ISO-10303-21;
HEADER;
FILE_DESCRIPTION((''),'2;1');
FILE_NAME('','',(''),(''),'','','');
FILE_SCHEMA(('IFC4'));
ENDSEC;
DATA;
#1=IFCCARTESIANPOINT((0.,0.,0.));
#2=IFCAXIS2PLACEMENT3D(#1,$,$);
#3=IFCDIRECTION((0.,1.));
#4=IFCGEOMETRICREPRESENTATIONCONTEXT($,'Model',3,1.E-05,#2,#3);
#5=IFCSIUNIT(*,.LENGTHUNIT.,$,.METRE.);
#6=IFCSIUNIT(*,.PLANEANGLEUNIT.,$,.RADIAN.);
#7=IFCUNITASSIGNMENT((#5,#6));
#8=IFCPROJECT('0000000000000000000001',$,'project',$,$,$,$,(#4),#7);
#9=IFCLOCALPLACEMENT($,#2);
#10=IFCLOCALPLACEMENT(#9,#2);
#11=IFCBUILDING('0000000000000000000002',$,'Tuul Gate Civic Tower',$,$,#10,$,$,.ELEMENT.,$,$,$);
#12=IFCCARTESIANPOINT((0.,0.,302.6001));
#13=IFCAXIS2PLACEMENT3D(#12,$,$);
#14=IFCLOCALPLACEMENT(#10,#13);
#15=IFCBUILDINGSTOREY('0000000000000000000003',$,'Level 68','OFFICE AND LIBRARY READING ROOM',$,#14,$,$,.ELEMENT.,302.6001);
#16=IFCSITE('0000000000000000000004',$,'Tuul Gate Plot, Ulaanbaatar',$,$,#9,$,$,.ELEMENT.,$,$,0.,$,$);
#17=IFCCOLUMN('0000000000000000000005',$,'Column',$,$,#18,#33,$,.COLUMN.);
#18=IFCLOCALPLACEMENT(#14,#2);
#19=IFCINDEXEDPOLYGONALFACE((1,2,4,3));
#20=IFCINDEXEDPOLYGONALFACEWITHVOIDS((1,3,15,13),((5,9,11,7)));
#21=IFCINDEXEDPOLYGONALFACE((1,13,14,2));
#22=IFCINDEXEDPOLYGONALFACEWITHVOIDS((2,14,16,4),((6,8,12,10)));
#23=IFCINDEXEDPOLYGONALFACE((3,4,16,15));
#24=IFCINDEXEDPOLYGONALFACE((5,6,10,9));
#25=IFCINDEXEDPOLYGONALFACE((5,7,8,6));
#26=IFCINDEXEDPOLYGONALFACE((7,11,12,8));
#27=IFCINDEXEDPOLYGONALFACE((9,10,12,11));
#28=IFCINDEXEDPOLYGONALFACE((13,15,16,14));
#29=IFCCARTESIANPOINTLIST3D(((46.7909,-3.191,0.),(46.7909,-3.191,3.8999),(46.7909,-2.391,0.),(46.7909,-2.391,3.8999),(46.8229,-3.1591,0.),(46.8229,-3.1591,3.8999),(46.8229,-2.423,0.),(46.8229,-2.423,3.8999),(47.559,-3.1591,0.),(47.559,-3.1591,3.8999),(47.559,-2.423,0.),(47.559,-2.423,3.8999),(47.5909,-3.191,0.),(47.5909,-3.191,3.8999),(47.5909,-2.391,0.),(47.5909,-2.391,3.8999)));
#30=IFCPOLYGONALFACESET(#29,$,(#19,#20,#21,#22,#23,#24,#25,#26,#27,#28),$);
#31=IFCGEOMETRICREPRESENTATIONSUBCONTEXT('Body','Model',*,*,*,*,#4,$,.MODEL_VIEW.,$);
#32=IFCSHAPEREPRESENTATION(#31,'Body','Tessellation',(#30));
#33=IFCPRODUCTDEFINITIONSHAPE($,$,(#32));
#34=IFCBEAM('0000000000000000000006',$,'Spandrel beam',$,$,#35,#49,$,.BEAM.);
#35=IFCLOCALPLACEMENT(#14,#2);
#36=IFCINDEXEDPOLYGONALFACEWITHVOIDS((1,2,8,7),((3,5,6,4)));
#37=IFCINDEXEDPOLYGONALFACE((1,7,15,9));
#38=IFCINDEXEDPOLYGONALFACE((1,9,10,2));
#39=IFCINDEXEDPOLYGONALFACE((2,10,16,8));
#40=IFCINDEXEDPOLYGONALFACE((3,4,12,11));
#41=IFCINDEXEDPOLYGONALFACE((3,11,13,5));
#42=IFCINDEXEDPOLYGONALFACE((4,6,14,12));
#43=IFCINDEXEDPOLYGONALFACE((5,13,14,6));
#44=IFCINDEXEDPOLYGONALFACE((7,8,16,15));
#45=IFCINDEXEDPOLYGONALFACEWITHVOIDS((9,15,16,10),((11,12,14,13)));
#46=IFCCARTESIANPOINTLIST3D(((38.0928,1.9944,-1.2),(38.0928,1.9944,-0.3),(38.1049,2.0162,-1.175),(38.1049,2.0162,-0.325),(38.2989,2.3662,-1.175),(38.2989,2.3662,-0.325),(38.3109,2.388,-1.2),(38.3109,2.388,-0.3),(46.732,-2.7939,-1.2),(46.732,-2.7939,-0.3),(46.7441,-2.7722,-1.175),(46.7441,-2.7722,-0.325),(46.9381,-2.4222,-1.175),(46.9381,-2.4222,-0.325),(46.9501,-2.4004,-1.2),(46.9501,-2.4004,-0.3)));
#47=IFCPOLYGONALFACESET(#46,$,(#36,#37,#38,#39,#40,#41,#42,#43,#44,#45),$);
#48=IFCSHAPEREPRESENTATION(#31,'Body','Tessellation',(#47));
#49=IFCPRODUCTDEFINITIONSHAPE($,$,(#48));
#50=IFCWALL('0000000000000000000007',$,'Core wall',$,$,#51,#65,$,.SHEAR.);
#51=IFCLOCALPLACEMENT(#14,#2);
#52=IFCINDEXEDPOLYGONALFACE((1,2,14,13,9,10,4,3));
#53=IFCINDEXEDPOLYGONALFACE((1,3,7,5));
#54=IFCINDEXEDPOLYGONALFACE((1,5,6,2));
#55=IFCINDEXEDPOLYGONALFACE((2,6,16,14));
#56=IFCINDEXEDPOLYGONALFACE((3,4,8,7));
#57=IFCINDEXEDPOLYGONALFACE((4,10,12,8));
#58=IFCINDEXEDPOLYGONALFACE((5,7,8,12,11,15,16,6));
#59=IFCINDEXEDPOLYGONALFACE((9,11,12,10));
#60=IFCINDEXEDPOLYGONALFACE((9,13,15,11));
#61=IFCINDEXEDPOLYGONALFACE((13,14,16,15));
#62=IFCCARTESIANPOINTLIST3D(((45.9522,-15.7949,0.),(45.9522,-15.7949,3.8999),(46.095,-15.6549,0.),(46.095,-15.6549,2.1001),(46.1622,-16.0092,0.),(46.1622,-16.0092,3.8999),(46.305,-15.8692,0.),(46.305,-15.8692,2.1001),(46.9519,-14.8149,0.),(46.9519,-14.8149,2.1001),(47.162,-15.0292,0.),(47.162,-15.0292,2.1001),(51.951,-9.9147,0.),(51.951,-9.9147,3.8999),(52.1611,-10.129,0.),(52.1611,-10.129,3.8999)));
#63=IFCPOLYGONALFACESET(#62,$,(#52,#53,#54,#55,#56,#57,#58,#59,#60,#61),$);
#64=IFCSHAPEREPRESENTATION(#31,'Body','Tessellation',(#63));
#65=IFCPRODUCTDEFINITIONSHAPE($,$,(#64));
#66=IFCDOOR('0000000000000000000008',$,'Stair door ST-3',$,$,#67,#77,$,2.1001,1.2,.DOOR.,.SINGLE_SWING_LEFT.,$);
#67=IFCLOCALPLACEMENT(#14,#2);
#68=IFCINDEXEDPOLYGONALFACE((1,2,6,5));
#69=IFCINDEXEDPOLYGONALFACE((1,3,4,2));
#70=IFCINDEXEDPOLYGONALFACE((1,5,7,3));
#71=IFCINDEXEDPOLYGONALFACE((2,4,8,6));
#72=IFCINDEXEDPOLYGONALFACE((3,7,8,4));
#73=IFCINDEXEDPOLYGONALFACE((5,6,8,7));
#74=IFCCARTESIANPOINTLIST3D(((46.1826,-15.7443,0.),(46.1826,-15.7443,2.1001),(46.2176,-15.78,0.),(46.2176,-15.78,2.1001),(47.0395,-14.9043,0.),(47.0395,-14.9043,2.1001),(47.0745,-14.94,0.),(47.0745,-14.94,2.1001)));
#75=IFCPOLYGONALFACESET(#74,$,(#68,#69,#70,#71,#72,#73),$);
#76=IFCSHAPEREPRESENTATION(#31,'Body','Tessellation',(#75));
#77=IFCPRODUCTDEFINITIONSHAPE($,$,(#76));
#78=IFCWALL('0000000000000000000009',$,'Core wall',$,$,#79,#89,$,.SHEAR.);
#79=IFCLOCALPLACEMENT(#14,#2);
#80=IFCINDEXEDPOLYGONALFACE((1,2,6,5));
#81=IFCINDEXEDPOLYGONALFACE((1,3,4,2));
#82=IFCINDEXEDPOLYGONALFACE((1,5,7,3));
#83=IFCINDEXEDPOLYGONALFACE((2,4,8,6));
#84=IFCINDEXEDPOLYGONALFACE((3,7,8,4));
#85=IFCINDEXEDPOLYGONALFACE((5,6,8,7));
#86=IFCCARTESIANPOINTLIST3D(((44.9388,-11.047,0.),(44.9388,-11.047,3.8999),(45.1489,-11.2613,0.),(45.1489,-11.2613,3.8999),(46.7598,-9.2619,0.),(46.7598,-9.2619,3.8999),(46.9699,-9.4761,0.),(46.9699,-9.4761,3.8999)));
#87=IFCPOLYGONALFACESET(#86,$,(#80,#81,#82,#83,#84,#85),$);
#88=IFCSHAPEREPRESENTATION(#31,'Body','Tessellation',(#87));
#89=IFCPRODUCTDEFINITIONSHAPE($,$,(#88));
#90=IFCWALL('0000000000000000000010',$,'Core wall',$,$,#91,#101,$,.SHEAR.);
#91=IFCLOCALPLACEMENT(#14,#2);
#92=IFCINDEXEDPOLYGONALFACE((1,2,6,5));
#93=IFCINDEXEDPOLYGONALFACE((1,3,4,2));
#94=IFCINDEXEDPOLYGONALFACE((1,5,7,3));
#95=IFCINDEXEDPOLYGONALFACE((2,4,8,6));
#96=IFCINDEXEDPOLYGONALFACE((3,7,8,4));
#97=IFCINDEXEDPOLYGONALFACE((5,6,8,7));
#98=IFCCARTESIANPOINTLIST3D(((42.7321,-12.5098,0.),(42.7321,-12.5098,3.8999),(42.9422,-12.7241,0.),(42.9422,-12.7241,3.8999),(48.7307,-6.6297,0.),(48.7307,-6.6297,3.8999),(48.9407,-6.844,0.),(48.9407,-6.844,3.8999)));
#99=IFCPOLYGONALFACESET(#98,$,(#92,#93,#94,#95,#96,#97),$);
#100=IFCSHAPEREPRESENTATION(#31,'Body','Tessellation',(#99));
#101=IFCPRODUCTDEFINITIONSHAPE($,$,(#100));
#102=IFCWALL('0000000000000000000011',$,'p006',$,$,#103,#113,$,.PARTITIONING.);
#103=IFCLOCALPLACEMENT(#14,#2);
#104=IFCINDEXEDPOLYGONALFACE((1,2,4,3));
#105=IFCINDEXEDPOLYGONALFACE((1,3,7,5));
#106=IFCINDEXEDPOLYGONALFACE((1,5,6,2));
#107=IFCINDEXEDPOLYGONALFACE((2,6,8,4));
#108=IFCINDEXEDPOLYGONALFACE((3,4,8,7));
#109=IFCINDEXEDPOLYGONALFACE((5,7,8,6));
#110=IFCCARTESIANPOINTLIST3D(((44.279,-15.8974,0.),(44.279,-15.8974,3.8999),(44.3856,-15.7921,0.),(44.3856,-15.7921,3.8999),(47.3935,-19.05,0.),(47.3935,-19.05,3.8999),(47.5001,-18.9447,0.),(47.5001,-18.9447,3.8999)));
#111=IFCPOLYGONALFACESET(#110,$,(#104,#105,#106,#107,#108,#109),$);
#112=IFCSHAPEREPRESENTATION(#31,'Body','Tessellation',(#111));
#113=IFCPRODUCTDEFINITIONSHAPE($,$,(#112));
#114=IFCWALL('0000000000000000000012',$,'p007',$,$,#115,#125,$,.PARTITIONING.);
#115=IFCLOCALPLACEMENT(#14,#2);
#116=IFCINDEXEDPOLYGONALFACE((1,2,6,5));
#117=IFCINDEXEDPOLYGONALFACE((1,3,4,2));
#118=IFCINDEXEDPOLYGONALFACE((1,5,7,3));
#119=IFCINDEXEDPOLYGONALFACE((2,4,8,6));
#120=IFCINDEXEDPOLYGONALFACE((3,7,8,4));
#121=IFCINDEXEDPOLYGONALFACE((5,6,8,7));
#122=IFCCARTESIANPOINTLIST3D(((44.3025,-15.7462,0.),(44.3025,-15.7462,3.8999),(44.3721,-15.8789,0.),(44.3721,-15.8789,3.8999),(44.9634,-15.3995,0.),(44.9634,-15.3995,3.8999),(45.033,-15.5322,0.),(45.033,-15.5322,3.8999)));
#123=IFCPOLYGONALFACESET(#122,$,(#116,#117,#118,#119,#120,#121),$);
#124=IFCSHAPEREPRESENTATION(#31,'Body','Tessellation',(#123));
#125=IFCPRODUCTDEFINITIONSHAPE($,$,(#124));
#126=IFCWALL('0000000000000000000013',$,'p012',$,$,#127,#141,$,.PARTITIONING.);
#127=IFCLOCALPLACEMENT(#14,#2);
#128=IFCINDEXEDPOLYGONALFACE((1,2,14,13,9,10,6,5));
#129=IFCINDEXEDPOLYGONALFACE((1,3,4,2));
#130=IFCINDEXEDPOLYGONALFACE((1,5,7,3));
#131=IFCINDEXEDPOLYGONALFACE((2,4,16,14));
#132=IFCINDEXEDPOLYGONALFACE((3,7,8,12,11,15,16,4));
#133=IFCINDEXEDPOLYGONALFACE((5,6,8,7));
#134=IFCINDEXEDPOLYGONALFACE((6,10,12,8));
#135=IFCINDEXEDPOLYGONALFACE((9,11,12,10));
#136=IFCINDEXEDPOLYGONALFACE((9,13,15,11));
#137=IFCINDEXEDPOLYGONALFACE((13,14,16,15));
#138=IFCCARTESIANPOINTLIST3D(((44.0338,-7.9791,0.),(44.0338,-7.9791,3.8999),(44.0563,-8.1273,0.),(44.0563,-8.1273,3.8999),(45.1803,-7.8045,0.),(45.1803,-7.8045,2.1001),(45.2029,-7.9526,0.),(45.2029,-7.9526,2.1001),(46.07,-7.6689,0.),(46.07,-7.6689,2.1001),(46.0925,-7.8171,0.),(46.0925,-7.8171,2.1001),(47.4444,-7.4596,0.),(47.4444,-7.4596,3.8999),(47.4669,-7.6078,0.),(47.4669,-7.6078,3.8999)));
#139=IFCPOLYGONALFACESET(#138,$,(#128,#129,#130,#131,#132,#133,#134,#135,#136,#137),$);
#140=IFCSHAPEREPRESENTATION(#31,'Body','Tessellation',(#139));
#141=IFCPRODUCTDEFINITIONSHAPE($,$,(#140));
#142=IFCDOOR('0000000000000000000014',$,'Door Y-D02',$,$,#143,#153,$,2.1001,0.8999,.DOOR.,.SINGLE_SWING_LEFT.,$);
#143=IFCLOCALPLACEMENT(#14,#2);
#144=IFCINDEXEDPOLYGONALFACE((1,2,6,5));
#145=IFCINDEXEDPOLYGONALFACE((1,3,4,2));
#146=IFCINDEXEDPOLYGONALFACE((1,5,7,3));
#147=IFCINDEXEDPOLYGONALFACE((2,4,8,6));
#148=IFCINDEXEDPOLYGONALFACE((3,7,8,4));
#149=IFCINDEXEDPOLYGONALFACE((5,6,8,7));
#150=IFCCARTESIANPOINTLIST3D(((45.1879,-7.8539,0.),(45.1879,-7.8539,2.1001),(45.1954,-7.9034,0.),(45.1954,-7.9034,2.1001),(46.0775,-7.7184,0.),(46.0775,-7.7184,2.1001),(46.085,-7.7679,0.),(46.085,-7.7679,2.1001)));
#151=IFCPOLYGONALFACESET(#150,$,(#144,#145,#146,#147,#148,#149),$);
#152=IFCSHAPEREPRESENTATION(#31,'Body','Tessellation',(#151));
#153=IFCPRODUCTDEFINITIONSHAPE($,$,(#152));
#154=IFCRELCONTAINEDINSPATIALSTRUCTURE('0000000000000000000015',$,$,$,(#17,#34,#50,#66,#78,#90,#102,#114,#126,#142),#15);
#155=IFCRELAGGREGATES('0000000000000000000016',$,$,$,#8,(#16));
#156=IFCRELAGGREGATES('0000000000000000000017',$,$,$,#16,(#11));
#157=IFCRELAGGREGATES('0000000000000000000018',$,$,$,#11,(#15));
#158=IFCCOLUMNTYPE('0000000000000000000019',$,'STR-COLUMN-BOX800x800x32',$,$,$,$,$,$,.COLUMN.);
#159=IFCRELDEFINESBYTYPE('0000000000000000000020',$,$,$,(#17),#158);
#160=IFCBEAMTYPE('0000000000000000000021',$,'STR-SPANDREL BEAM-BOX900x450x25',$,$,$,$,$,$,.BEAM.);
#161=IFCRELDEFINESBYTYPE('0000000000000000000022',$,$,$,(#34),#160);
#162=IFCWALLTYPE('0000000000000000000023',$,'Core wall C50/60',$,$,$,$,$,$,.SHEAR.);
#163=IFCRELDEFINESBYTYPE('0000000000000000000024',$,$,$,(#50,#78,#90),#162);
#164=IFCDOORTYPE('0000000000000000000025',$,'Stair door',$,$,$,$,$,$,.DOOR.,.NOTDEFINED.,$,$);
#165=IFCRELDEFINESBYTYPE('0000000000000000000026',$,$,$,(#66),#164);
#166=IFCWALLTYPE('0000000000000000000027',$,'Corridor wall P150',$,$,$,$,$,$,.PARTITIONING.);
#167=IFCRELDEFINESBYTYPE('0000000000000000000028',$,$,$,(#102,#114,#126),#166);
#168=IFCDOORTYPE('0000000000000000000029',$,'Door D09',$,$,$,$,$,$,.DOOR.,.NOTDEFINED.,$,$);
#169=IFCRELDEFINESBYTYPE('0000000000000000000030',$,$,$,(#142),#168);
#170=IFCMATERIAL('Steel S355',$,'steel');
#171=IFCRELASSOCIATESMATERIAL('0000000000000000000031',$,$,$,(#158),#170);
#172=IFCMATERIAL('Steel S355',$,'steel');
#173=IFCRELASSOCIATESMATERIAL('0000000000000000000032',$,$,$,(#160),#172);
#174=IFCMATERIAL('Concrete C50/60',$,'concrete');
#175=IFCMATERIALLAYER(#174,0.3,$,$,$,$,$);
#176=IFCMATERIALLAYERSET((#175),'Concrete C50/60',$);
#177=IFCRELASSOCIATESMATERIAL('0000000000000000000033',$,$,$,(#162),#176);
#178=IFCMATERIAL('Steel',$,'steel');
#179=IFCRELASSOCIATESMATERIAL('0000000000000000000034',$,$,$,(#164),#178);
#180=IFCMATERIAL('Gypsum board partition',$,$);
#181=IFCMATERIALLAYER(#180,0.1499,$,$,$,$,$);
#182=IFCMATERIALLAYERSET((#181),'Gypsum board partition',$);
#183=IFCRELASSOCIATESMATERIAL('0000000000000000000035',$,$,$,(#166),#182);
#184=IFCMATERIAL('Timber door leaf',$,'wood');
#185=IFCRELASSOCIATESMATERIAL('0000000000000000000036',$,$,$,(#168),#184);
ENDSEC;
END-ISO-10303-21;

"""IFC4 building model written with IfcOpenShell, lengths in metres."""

from ifc_helpers import new_model, si_unit, direction, frame, frame_2d, origin, origin_2d, place, context, subcontext, project, spatial, rectangle, hollow_rectangle, extrude, material, layer, layer_set, material_profile, profile_set, type_object, element, fill, save


model = new_model("IFC4")

# Units and contexts
model_context = context("Model", 3, precision=1e-05, world=origin(), true_north=direction((0.0, 1.0)))
body_context = subcontext(model_context, "Body", "Model", "MODEL_VIEW")
ifc_project = project(units=[si_unit("LENGTHUNIT", "METRE"), si_unit("PLANEANGLEUNIT", "RADIAN")], contexts=[model_context])

# Site, building, storey
site_placement = place(None, origin())
site = spatial("IfcSite", under=ifc_project, at=site_placement, Name="Tuul Gate Plot, Ulaanbaatar", CompositionType="ELEMENT", RefElevation=0.0)
building_placement = place(site_placement, origin())
building = spatial("IfcBuilding", under=site, at=building_placement, Name="Tuul Gate Civic Tower", CompositionType="ELEMENT")
storey_placement = place(building_placement, frame((0.0, 0.0, 302.6001)))
storey = spatial("IfcBuildingStorey", under=building, at=storey_placement, Name="Level 68", Description="OFFICE AND LIBRARY READING ROOM", CompositionType="ELEMENT", Elevation=302.6001)

# Column
ifc_material_1 = material(Name="Steel S355", Category="steel")
ifc_material_profile_1 = material_profile(ifc_material_1, hollow_rectangle(XDim=0.8, YDim=0.8, WallThickness=0.032, at=origin_2d()), Name="BOX800x800x32")
ifc_profile_set_1 = profile_set([ifc_material_profile_1], Name="Steel S355")
column_type = type_object("IfcColumnType", Name="STR-COLUMN-BOX800x800x32", PredefinedType="COLUMN", material=ifc_profile_set_1)
column_placement = place(storey_placement, frame((47.1909, -2.791, 0.0), z_axis=(0.0, 0.0, 1.0), x_axis=(1.0, 0.0, 0.0)))
element("IfcColumn", 1, at=column_placement, inside=storey, type_object=column_type, Name="Column", PredefinedType="COLUMN", context=body_context, shape_type="SweptSolid", body=[
    extrude(hollow_rectangle(XDim=0.8, YDim=0.8, WallThickness=0.032, at=origin_2d()), origin(), (0.0, 0.0, 1.0), 3.8999),
])

# Beam
ifc_material_2 = material(Name="Steel S355", Category="steel")
ifc_material_profile_2 = material_profile(ifc_material_2, hollow_rectangle(XDim=0.45, YDim=0.8999, WallThickness=0.0249, at=origin_2d()), Name="BOX900x450x25")
ifc_profile_set_2 = profile_set([ifc_material_profile_2], Name="Steel S355")
beam_type = type_object("IfcBeamType", Name="STR-SPANDREL BEAM-BOX900x450x25", PredefinedType="BEAM", material=ifc_profile_set_2)
beam_placement = place(storey_placement, frame((46.8411, -2.5972, -0.75), z_axis=(-0.874638, 0.484776, 0.0), x_axis=(-0.484776, -0.874638, 0.0)))
element("IfcBeam", 2, at=beam_placement, inside=storey, type_object=beam_type, Name="Spandrel beam", PredefinedType="BEAM", context=body_context, shape_type="SweptSolid", body=[
    extrude(hollow_rectangle(XDim=0.45, YDim=0.8999, WallThickness=0.0249, at=origin_2d()), origin(), (0.0, 0.0, 1.0), 9.8774),
])

# Wall, opening, door
ifc_material_3 = material(Name="Concrete C50/60", Category="concrete")
ifc_layer_1 = layer(ifc_material_3, 0.3)
ifc_layer_set_1 = layer_set([ifc_layer_1], Name="Concrete C50/60")
wall_type_1 = type_object("IfcWallType", Name="Core wall C50/60", PredefinedType="SHEAR", material=ifc_layer_set_1)
wall_1_placement = place(storey_placement, frame((46.0571, -15.9021, 0.0), z_axis=(0.0, 0.0, 1.0), x_axis=(0.714134, 0.700009, 0.0)))
wall_1 = element("IfcWall", 3, at=wall_1_placement, inside=storey, type_object=wall_type_1, Name="Core wall", PredefinedType="SHEAR", context=body_context, shape_type="SweptSolid", body=[
    extrude(rectangle(XDim=8.4001, YDim=0.3, at=frame_2d((4.2002, 0.0))), origin(), (0.0, 0.0, 1.0), 3.8999),
])
opening_1_placement = place(wall_1_placement, frame((0.2, 0.0, 0.0)))
opening_1 = element("IfcOpeningElement", 4, at=opening_1_placement, cuts=wall_1, PredefinedType="OPENING", context=body_context, shape_type="SweptSolid", body=[
    extrude(rectangle(XDim=1.2, YDim=2.1001, at=frame_2d((0.6001, 1.05))), frame((0.0, 0.1602, 0.0), z_axis=(0.0, -1.0, 0.0), x_axis=(1.0, 0.0, 0.0)), (0.0, 0.0, 1.0), 0.3201),
])
ifc_material_4 = material(Name="Steel", Category="steel")
door_type_1 = type_object("IfcDoorType", Name="Stair door", OperationType="NOTDEFINED", PredefinedType="DOOR", material=ifc_material_4)
door_1_placement = place(opening_1_placement, origin())
door_1 = element("IfcDoor", 5, at=door_1_placement, inside=storey, type_object=door_type_1, Name="Stair door ST-3", OperationType="SINGLE_SWING_LEFT", OverallHeight=2.1001, OverallWidth=1.2, PredefinedType="DOOR", context=body_context, shape_type="SweptSolid", body=[
    extrude(rectangle(XDim=1.2, YDim=2.1001, at=frame_2d((0.6001, 1.05))), frame((0.0, 0.0249, 0.0), z_axis=(0.0, -1.0, 0.0), x_axis=(1.0, 0.0, 0.0)), (0.0, 0.0, 1.0), 0.05),
])
fill(opening_1, door_1)

# Walls
wall_2_placement = place(storey_placement, frame((45.0439, -11.1541, 0.0), z_axis=(0.0, 0.0, 1.0), x_axis=(0.714108, 0.700035, 0.0)))
element("IfcWall", 6, at=wall_2_placement, inside=storey, type_object=wall_type_1, Name="Core wall", PredefinedType="SHEAR", context=body_context, shape_type="SweptSolid", body=[
    extrude(rectangle(XDim=2.55, YDim=0.3, at=frame_2d((1.2749, 0.0))), origin(), (0.0, 0.0, 1.0), 3.8999),
])
wall_3_placement = place(storey_placement, frame((42.8372, -12.6169, 0.0), z_axis=(0.0, 0.0, 1.0), x_axis=(0.71412, 0.700023, 0.0)))
element("IfcWall", 7, at=wall_3_placement, inside=storey, type_object=wall_type_1, Name="Core wall", PredefinedType="SHEAR", context=body_context, shape_type="SweptSolid", body=[
    extrude(rectangle(XDim=8.3999, YDim=0.3, at=frame_2d((4.2, 0.0))), origin(), (0.0, 0.0, 1.0), 3.8999),
])
ifc_material_5 = material(Name="Gypsum board partition")
ifc_layer_2 = layer(ifc_material_5, 0.1499)
ifc_layer_set_2 = layer_set([ifc_layer_2], Name="Gypsum board partition")
wall_type_2 = type_object("IfcWallType", Name="Corridor wall P150", PredefinedType="PARTITIONING", material=ifc_layer_set_2)
wall_4_placement = place(storey_placement, frame((44.3323, -15.8447, 0.0), z_axis=(0.0, 0.0, 1.0), x_axis=(0.702797, -0.711391, 0.0)))
element("IfcWall", 8, at=wall_4_placement, inside=storey, type_object=wall_type_2, Name="p006", PredefinedType="PARTITIONING", context=body_context, shape_type="SweptSolid", body=[
    extrude(rectangle(XDim=4.4316, YDim=0.1499, at=frame_2d((2.2158, 0.0))), origin(), (0.0, 0.0, 1.0), 3.8999),
])
wall_5_placement = place(storey_placement, frame((44.3374, -15.8125, 0.0), z_axis=(0.0, 0.0, 1.0), x_axis=(0.885556, 0.464533, 0.0)))
element("IfcWall", 9, at=wall_5_placement, inside=storey, type_object=wall_type_2, Name="p007", PredefinedType="PARTITIONING", context=body_context, shape_type="SweptSolid", body=[
    extrude(rectangle(XDim=0.7463, YDim=0.1499, at=frame_2d((0.373, 0.0))), origin(), (0.0, 0.0, 1.0), 3.8999),
])

# Wall, opening, door
wall_6_placement = place(storey_placement, frame((44.0449, -8.0532, 0.0), z_axis=(0.0, 0.0, 1.0), x_axis=(0.988596, 0.150589, 0.0)))
wall_6 = element("IfcWall", 10, at=wall_6_placement, inside=storey, type_object=wall_type_2, Name="p012", PredefinedType="PARTITIONING", context=body_context, shape_type="SweptSolid", body=[
    extrude(rectangle(XDim=3.45, YDim=0.1499, at=frame_2d((1.7251, 0.0))), origin(), (0.0, 0.0, 1.0), 3.8999),
])
opening_2_placement = place(wall_6_placement, frame((1.1599, 0.0, 0.0)))
opening_2 = element("IfcOpeningElement", 11, at=opening_2_placement, cuts=wall_6, PredefinedType="OPENING", context=body_context, shape_type="SweptSolid", body=[
    extrude(rectangle(XDim=0.8999, YDim=2.1001, at=frame_2d((0.45, 1.05))), frame((0.0, 0.085, 0.0), z_axis=(0.0, -1.0, 0.0), x_axis=(1.0, 0.0, 0.0)), (0.0, 0.0, 1.0), 0.1699),
])
ifc_material_6 = material(Name="Timber door leaf", Category="wood")
door_type_2 = type_object("IfcDoorType", Name="Door D09", OperationType="NOTDEFINED", PredefinedType="DOOR", material=ifc_material_6)
door_2_placement = place(opening_2_placement, origin())
door_2 = element("IfcDoor", 12, at=door_2_placement, inside=storey, type_object=door_type_2, Name="Door Y-D02", OperationType="SINGLE_SWING_LEFT", OverallHeight=2.1001, OverallWidth=0.8999, PredefinedType="DOOR", context=body_context, shape_type="SweptSolid", body=[
    extrude(rectangle(XDim=0.8999, YDim=2.1001, at=frame_2d((0.45, 1.05))), frame((0.0, 0.0249, 0.0), z_axis=(0.0, -1.0, 0.0), x_axis=(1.0, 0.0, 0.0)), (0.0, 0.0, 1.0), 0.05),
])
fill(opening_2, door_2)

save(model, "model.ifc")
